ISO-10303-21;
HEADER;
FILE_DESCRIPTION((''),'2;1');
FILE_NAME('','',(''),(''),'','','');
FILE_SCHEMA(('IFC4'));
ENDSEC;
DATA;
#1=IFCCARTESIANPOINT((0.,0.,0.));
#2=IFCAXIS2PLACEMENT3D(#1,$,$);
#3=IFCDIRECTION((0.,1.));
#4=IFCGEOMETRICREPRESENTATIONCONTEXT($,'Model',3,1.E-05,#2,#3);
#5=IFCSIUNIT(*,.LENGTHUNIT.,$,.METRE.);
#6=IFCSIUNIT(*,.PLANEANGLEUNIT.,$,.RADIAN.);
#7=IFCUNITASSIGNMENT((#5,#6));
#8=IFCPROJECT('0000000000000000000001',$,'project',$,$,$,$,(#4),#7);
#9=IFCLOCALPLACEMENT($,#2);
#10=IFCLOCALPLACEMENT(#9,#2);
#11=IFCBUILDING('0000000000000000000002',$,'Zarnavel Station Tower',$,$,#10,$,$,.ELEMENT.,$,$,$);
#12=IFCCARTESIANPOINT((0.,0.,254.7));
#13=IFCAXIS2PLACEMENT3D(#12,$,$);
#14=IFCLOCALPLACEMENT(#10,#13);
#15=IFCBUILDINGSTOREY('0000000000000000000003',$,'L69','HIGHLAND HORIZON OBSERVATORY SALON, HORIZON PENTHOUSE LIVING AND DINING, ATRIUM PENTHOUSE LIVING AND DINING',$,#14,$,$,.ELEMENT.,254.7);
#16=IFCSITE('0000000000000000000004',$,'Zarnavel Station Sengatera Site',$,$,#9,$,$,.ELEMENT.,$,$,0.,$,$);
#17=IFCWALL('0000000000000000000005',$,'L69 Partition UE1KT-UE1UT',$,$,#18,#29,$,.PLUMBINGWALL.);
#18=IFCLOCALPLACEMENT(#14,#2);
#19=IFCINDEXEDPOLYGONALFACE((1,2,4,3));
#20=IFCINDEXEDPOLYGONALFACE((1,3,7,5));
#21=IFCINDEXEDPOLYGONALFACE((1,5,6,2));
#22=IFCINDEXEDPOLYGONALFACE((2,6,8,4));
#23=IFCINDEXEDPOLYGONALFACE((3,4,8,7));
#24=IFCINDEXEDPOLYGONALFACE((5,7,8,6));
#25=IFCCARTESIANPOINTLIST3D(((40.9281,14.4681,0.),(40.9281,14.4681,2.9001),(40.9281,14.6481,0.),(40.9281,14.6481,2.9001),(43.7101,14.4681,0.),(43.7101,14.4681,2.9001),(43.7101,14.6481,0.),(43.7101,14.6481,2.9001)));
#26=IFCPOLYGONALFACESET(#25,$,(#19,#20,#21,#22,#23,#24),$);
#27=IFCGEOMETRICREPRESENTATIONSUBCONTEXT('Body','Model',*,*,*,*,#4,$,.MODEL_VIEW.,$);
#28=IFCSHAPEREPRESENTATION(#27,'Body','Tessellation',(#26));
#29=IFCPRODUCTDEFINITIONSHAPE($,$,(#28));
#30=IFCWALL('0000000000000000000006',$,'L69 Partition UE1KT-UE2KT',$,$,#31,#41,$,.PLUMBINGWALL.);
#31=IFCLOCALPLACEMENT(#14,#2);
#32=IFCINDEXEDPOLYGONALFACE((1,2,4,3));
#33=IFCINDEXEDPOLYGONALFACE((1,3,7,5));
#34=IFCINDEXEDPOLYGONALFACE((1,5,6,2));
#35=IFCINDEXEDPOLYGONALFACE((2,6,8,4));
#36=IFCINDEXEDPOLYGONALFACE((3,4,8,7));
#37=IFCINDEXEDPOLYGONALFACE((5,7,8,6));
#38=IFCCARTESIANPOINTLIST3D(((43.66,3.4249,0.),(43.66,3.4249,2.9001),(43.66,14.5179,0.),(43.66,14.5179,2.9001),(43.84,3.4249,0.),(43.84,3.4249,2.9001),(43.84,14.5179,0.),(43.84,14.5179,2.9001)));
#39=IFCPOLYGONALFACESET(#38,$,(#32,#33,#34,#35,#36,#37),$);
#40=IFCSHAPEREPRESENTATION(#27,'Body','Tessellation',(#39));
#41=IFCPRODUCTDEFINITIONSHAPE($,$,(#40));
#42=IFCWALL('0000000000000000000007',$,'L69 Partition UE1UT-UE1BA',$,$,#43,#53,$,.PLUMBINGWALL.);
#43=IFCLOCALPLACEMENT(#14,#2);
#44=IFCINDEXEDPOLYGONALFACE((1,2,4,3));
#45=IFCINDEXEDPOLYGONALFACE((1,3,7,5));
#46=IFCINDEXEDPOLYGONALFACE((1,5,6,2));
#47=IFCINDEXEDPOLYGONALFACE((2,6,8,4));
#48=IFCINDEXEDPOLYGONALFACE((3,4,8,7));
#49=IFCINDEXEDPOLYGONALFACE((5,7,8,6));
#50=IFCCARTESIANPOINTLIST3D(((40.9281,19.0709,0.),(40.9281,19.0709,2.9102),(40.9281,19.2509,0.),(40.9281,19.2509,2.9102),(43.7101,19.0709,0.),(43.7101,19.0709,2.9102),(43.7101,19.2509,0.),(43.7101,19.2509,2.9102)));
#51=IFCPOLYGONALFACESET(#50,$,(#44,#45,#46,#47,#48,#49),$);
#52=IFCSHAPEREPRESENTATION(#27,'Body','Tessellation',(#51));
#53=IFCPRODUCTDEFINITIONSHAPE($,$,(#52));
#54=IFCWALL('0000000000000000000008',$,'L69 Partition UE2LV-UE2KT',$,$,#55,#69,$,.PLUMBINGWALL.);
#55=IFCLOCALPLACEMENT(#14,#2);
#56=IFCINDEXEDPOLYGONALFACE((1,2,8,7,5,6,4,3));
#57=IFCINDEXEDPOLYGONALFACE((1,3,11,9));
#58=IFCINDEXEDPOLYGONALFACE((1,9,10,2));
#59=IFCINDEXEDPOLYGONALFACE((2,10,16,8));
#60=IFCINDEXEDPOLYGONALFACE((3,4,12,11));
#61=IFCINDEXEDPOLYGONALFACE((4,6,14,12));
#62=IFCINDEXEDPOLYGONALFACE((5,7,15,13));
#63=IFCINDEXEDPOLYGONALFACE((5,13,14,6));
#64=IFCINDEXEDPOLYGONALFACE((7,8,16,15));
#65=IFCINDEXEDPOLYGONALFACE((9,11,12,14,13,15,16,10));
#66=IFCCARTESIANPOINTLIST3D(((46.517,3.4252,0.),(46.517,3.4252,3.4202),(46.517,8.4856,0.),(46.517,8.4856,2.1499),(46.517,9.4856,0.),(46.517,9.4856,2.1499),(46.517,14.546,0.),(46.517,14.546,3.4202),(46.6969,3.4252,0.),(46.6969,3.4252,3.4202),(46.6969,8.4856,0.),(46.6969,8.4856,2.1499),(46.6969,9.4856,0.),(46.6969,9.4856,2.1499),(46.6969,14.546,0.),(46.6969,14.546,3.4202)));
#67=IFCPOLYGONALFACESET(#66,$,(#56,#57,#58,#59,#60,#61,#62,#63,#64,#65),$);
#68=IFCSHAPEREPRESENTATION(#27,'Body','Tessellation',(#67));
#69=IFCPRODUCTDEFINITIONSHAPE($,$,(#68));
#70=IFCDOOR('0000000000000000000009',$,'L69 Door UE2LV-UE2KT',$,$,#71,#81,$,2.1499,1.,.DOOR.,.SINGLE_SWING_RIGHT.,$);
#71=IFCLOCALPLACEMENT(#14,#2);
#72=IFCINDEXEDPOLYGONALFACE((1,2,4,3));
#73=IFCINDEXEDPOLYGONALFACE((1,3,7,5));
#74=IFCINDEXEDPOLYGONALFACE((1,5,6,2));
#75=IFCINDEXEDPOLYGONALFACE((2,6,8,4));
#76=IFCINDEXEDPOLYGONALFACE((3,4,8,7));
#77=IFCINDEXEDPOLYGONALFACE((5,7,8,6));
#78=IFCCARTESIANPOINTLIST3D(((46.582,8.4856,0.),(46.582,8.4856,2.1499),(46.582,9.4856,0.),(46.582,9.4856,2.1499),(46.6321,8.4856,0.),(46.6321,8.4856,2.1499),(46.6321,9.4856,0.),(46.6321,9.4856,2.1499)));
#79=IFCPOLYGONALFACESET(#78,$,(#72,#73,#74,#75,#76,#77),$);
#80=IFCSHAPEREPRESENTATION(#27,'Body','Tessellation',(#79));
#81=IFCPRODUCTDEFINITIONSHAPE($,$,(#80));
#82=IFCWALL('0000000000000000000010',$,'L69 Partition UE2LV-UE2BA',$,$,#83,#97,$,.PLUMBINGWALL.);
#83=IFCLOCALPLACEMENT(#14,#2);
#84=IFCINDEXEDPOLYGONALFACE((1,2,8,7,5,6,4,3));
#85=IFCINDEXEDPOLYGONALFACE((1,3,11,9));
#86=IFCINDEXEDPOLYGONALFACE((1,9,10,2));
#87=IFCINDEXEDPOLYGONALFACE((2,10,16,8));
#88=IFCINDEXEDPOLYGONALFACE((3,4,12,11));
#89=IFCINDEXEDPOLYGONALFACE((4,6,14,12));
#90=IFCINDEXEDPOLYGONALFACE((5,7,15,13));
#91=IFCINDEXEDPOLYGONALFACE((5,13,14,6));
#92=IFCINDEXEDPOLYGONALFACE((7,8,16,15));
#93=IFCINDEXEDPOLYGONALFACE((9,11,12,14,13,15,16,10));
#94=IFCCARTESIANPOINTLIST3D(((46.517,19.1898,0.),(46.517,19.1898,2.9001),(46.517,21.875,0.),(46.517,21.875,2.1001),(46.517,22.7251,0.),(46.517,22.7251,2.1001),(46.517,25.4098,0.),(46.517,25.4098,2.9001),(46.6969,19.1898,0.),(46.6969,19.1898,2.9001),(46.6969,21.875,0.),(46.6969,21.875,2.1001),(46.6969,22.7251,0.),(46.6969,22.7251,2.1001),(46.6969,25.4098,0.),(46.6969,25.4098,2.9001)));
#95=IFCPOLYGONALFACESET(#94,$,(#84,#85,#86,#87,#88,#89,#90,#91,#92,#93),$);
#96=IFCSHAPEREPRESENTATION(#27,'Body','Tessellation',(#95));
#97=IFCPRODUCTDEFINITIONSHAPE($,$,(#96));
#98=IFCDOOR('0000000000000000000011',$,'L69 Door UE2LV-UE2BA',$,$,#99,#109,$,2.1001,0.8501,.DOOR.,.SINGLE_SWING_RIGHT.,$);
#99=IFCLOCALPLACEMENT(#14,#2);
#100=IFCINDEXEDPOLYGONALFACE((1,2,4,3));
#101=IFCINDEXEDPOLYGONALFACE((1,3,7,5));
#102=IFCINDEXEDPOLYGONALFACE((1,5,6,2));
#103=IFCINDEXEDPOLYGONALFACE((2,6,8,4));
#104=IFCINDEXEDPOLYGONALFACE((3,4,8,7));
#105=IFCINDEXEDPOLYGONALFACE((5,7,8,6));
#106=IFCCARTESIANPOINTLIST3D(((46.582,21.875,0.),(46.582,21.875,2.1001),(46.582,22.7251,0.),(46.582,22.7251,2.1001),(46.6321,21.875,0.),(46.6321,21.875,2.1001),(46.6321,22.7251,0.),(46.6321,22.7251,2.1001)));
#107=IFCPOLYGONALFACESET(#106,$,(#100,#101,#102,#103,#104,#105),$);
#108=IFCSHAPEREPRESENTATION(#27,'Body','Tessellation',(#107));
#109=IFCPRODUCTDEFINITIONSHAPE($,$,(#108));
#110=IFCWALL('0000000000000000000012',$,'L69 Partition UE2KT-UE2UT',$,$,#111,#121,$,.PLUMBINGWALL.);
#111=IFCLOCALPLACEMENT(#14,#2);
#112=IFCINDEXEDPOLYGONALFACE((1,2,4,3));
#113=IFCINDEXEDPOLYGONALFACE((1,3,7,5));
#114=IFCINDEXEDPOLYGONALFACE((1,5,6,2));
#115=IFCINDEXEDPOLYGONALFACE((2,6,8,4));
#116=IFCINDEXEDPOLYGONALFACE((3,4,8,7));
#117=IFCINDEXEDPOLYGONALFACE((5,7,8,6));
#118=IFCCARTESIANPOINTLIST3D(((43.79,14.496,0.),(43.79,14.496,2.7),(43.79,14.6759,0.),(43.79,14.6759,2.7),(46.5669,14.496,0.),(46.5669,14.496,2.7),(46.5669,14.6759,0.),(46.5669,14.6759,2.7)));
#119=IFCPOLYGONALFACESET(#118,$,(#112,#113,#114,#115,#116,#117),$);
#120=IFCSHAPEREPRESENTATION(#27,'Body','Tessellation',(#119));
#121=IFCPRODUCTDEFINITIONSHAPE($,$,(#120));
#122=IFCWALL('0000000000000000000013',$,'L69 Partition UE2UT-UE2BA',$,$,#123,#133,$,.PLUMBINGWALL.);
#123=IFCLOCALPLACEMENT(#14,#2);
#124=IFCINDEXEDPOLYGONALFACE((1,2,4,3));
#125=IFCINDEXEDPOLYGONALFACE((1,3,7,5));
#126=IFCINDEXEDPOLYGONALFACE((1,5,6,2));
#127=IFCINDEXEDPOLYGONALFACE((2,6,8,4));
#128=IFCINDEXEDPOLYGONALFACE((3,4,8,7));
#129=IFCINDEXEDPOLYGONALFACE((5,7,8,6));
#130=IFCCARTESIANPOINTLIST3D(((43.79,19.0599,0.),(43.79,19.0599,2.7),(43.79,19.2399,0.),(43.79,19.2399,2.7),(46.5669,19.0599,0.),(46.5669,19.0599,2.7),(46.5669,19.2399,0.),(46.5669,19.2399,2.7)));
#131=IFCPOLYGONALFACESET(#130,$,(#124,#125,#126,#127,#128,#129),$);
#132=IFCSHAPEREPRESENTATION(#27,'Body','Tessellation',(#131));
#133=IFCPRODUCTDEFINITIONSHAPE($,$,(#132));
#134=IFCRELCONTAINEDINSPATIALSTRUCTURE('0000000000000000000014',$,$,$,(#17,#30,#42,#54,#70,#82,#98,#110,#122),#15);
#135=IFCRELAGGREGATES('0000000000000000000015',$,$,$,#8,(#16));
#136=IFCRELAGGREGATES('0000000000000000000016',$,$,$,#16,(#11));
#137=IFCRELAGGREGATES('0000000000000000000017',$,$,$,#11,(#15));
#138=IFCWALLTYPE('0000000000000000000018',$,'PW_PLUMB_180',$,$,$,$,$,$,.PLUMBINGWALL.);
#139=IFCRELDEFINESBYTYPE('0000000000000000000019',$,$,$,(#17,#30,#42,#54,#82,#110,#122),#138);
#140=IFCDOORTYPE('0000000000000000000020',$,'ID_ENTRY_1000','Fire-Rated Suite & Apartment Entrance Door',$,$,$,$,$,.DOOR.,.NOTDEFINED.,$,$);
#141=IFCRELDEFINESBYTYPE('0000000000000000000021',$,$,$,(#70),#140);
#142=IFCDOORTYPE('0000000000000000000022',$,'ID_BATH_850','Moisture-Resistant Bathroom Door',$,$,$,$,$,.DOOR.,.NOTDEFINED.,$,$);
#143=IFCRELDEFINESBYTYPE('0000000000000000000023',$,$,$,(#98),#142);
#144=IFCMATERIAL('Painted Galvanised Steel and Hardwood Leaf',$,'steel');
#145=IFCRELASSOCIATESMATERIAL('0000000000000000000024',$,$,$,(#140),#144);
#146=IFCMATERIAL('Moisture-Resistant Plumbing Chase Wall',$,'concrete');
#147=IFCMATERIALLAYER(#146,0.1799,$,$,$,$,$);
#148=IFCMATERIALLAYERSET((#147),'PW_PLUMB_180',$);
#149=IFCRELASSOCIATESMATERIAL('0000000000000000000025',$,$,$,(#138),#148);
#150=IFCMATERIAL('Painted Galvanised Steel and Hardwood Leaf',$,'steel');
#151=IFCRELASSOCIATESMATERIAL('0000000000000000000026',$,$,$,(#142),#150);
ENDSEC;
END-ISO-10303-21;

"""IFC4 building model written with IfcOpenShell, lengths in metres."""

from ifc_helpers import new_model, si_unit, direction, frame, frame_2d, origin, place, context, subcontext, project, spatial, rectangle, extrude, material, layer, layer_set, type_object, element, fill, save


model = new_model("IFC4")

# Units and contexts
model_context = context("Model", 3, precision=1e-05, world=origin(), true_north=direction((0.0, 1.0)))
body_context = subcontext(model_context, "Body", "Model", "MODEL_VIEW")
ifc_project = project(units=[si_unit("LENGTHUNIT", "METRE"), si_unit("PLANEANGLEUNIT", "RADIAN")], contexts=[model_context])

# Site, building, storey
site_placement = place(None, origin())
site = spatial("IfcSite", under=ifc_project, at=site_placement, Name="Zarnavel Station Sengatera Site", CompositionType="ELEMENT", RefElevation=0.0)
building_placement = place(site_placement, origin())
building = spatial("IfcBuilding", under=site, at=building_placement, Name="Zarnavel Station Tower", CompositionType="ELEMENT")
storey_placement = place(building_placement, frame((0.0, 0.0, 254.7)))
storey = spatial("IfcBuildingStorey", under=building, at=storey_placement, Name="L69", Description="HIGHLAND HORIZON OBSERVATORY SALON, HORIZON PENTHOUSE LIVING AND DINING, ATRIUM PENTHOUSE LIVING AND DINING", CompositionType="ELEMENT", Elevation=254.7)

# Shared definitions
ifc_material_1 = material(Name="Painted Galvanised Steel and Hardwood Leaf", Category="steel")
door_type_1 = type_object("IfcDoorType", Name="ID_ENTRY_1000", Description="Fire-Rated Suite & Apartment Entrance Door", OperationType="NOTDEFINED", PredefinedType="DOOR", material=ifc_material_1)

# Shared definitions
ifc_material_2 = material(Name="Moisture-Resistant Plumbing Chase Wall", Category="concrete")
ifc_layer_1 = layer(ifc_material_2, 0.1799)
ifc_layer_set_1 = layer_set([ifc_layer_1], Name="PW_PLUMB_180")
wall_type_1 = type_object("IfcWallType", Name="PW_PLUMB_180", PredefinedType="PLUMBINGWALL", material=ifc_layer_set_1)

# Walls
wall_1_placement = place(storey_placement, frame((40.928, 14.5581, 0.0), z_axis=(0.0, 0.0, 1.0), x_axis=(1.0, 0.0, 0.0)))
element("IfcWall", 1, at=wall_1_placement, inside=storey, type_object=wall_type_1, Name="L69 Partition UE1KT-UE1UT", PredefinedType="PLUMBINGWALL", context=body_context, shape_type="SweptSolid", body=[
    extrude(rectangle(XDim=2.782, YDim=0.1799, at=frame_2d((1.3911, 0.0))), origin(), (0.0, 0.0, 1.0), 2.9001),
])
wall_2_placement = place(storey_placement, frame((43.75, 3.425, 0.0), z_axis=(0.0, 0.0, 1.0), x_axis=(0.0, 1.0, 0.0)))
element("IfcWall", 2, at=wall_2_placement, inside=storey, type_object=wall_type_1, Name="L69 Partition UE1KT-UE2KT", PredefinedType="PLUMBINGWALL", context=body_context, shape_type="SweptSolid", body=[
    extrude(rectangle(XDim=11.093, YDim=0.1799, at=frame_2d((5.5464, 0.0))), origin(), (0.0, 0.0, 1.0), 2.9001),
])
wall_3_placement = place(storey_placement, frame((40.928, 19.1609, 0.0), z_axis=(0.0, 0.0, 1.0), x_axis=(1.0, 0.0, 0.0)))
element("IfcWall", 3, at=wall_3_placement, inside=storey, type_object=wall_type_1, Name="L69 Partition UE1UT-UE1BA", PredefinedType="PLUMBINGWALL", context=body_context, shape_type="SweptSolid", body=[
    extrude(rectangle(XDim=2.782, YDim=0.1799, at=frame_2d((1.3911, 0.0))), origin(), (0.0, 0.0, 1.0), 2.9102),
])

# Walls, openings, doors
wall_4_placement = place(storey_placement, frame((46.6069, 3.425, 0.0), z_axis=(0.0, 0.0, 1.0), x_axis=(0.0, 1.0, 0.0)))
wall_4 = element("IfcWall", 4, at=wall_4_placement, inside=storey, type_object=wall_type_1, Name="L69 Partition UE2LV-UE2KT", PredefinedType="PLUMBINGWALL", context=body_context, shape_type="SweptSolid", body=[
    extrude(rectangle(XDim=11.1208, YDim=0.1799, at=frame_2d((5.5605, 0.0))), origin(), (0.0, 0.0, 1.0), 3.4202),
])
opening_1_placement = place(wall_4_placement, frame((5.0605, 0.0, 0.0)))
opening_1 = element("IfcOpeningElement", 5, at=opening_1_placement, cuts=wall_4, PredefinedType="OPENING", context=body_context, shape_type="SweptSolid", body=[
    extrude(rectangle(XDim=1.0, YDim=2.1499, at=frame_2d((0.5, 1.075))), frame((0.0, 0.0999, 0.0), z_axis=(0.0, -1.0, 0.0), x_axis=(1.0, 0.0, 0.0)), (0.0, 0.0, 1.0), 0.2),
])
door_1_placement = place(opening_1_placement, origin())
door_1 = element("IfcDoor", 6, at=door_1_placement, inside=storey, type_object=door_type_1, Name="L69 Door UE2LV-UE2KT", OperationType="SINGLE_SWING_RIGHT", OverallHeight=2.1499, OverallWidth=1.0, PredefinedType="DOOR", context=body_context, shape_type="SweptSolid", body=[
    extrude(rectangle(XDim=1.0, YDim=2.1499, at=frame_2d((0.5, 1.075))), frame((0.0, 0.0249, 0.0), z_axis=(0.0, -1.0, 0.0), x_axis=(1.0, 0.0, 0.0)), (0.0, 0.0, 1.0), 0.05),
])
fill(opening_1, door_1)
wall_5_placement = place(storey_placement, frame((46.6069, 19.1899, 0.0), z_axis=(0.0, 0.0, 1.0), x_axis=(0.0, 1.0, 0.0)))
wall_5 = element("IfcWall", 7, at=wall_5_placement, inside=storey, type_object=wall_type_1, Name="L69 Partition UE2LV-UE2BA", PredefinedType="PLUMBINGWALL", context=body_context, shape_type="SweptSolid", body=[
    extrude(rectangle(XDim=6.22, YDim=0.1799, at=frame_2d((3.1099, 0.0))), origin(), (0.0, 0.0, 1.0), 2.9001),
])
opening_2_placement = place(wall_5_placement, frame((2.6851, 0.0, 0.0)))
opening_2 = element("IfcOpeningElement", 8, at=opening_2_placement, cuts=wall_5, PredefinedType="OPENING", context=body_context, shape_type="SweptSolid", body=[
    extrude(rectangle(XDim=0.8501, YDim=2.1001, at=frame_2d((0.425, 1.05))), frame((0.0, 0.0999, 0.0), z_axis=(0.0, -1.0, 0.0), x_axis=(1.0, 0.0, 0.0)), (0.0, 0.0, 1.0), 0.2),
])
ifc_material_3 = material(Name="Painted Galvanised Steel and Hardwood Leaf", Category="steel")
door_type_2 = type_object("IfcDoorType", Name="ID_BATH_850", Description="Moisture-Resistant Bathroom Door", OperationType="NOTDEFINED", PredefinedType="DOOR", material=ifc_material_3)
door_2_placement = place(opening_2_placement, origin())
door_2 = element("IfcDoor", 9, at=door_2_placement, inside=storey, type_object=door_type_2, Name="L69 Door UE2LV-UE2BA", OperationType="SINGLE_SWING_RIGHT", OverallHeight=2.1001, OverallWidth=0.8501, PredefinedType="DOOR", context=body_context, shape_type="SweptSolid", body=[
    extrude(rectangle(XDim=0.8501, YDim=2.1001, at=frame_2d((0.425, 1.05))), frame((0.0, 0.0249, 0.0), z_axis=(0.0, -1.0, 0.0), x_axis=(1.0, 0.0, 0.0)), (0.0, 0.0, 1.0), 0.05),
])
fill(opening_2, door_2)

# Walls
for number, where, z_axis, x_axis, name in (
    (10, (43.79, 14.5859, 0.0), (0.0, 0.0, 1.0), (1.0, 0.0, 0.0), "L69 Partition UE2KT-UE2UT"),
    (11, (43.79, 19.1499, 0.0), (0.0, 0.0, 1.0), (1.0, 0.0, 0.0), "L69 Partition UE2UT-UE2BA"),
):
    element("IfcWall", number, at=place(storey_placement, frame(where, z_axis=z_axis, x_axis=x_axis)), inside=storey, type_object=wall_type_1, Name=name, PredefinedType="PLUMBINGWALL", context=body_context, shape_type="SweptSolid", body=[
        extrude(rectangle(XDim=2.7769, YDim=0.1799, at=frame_2d((1.3884, 0.0))), origin(), (0.0, 0.0, 1.0), 2.7),
    ])

save(model, "model.ifc")
